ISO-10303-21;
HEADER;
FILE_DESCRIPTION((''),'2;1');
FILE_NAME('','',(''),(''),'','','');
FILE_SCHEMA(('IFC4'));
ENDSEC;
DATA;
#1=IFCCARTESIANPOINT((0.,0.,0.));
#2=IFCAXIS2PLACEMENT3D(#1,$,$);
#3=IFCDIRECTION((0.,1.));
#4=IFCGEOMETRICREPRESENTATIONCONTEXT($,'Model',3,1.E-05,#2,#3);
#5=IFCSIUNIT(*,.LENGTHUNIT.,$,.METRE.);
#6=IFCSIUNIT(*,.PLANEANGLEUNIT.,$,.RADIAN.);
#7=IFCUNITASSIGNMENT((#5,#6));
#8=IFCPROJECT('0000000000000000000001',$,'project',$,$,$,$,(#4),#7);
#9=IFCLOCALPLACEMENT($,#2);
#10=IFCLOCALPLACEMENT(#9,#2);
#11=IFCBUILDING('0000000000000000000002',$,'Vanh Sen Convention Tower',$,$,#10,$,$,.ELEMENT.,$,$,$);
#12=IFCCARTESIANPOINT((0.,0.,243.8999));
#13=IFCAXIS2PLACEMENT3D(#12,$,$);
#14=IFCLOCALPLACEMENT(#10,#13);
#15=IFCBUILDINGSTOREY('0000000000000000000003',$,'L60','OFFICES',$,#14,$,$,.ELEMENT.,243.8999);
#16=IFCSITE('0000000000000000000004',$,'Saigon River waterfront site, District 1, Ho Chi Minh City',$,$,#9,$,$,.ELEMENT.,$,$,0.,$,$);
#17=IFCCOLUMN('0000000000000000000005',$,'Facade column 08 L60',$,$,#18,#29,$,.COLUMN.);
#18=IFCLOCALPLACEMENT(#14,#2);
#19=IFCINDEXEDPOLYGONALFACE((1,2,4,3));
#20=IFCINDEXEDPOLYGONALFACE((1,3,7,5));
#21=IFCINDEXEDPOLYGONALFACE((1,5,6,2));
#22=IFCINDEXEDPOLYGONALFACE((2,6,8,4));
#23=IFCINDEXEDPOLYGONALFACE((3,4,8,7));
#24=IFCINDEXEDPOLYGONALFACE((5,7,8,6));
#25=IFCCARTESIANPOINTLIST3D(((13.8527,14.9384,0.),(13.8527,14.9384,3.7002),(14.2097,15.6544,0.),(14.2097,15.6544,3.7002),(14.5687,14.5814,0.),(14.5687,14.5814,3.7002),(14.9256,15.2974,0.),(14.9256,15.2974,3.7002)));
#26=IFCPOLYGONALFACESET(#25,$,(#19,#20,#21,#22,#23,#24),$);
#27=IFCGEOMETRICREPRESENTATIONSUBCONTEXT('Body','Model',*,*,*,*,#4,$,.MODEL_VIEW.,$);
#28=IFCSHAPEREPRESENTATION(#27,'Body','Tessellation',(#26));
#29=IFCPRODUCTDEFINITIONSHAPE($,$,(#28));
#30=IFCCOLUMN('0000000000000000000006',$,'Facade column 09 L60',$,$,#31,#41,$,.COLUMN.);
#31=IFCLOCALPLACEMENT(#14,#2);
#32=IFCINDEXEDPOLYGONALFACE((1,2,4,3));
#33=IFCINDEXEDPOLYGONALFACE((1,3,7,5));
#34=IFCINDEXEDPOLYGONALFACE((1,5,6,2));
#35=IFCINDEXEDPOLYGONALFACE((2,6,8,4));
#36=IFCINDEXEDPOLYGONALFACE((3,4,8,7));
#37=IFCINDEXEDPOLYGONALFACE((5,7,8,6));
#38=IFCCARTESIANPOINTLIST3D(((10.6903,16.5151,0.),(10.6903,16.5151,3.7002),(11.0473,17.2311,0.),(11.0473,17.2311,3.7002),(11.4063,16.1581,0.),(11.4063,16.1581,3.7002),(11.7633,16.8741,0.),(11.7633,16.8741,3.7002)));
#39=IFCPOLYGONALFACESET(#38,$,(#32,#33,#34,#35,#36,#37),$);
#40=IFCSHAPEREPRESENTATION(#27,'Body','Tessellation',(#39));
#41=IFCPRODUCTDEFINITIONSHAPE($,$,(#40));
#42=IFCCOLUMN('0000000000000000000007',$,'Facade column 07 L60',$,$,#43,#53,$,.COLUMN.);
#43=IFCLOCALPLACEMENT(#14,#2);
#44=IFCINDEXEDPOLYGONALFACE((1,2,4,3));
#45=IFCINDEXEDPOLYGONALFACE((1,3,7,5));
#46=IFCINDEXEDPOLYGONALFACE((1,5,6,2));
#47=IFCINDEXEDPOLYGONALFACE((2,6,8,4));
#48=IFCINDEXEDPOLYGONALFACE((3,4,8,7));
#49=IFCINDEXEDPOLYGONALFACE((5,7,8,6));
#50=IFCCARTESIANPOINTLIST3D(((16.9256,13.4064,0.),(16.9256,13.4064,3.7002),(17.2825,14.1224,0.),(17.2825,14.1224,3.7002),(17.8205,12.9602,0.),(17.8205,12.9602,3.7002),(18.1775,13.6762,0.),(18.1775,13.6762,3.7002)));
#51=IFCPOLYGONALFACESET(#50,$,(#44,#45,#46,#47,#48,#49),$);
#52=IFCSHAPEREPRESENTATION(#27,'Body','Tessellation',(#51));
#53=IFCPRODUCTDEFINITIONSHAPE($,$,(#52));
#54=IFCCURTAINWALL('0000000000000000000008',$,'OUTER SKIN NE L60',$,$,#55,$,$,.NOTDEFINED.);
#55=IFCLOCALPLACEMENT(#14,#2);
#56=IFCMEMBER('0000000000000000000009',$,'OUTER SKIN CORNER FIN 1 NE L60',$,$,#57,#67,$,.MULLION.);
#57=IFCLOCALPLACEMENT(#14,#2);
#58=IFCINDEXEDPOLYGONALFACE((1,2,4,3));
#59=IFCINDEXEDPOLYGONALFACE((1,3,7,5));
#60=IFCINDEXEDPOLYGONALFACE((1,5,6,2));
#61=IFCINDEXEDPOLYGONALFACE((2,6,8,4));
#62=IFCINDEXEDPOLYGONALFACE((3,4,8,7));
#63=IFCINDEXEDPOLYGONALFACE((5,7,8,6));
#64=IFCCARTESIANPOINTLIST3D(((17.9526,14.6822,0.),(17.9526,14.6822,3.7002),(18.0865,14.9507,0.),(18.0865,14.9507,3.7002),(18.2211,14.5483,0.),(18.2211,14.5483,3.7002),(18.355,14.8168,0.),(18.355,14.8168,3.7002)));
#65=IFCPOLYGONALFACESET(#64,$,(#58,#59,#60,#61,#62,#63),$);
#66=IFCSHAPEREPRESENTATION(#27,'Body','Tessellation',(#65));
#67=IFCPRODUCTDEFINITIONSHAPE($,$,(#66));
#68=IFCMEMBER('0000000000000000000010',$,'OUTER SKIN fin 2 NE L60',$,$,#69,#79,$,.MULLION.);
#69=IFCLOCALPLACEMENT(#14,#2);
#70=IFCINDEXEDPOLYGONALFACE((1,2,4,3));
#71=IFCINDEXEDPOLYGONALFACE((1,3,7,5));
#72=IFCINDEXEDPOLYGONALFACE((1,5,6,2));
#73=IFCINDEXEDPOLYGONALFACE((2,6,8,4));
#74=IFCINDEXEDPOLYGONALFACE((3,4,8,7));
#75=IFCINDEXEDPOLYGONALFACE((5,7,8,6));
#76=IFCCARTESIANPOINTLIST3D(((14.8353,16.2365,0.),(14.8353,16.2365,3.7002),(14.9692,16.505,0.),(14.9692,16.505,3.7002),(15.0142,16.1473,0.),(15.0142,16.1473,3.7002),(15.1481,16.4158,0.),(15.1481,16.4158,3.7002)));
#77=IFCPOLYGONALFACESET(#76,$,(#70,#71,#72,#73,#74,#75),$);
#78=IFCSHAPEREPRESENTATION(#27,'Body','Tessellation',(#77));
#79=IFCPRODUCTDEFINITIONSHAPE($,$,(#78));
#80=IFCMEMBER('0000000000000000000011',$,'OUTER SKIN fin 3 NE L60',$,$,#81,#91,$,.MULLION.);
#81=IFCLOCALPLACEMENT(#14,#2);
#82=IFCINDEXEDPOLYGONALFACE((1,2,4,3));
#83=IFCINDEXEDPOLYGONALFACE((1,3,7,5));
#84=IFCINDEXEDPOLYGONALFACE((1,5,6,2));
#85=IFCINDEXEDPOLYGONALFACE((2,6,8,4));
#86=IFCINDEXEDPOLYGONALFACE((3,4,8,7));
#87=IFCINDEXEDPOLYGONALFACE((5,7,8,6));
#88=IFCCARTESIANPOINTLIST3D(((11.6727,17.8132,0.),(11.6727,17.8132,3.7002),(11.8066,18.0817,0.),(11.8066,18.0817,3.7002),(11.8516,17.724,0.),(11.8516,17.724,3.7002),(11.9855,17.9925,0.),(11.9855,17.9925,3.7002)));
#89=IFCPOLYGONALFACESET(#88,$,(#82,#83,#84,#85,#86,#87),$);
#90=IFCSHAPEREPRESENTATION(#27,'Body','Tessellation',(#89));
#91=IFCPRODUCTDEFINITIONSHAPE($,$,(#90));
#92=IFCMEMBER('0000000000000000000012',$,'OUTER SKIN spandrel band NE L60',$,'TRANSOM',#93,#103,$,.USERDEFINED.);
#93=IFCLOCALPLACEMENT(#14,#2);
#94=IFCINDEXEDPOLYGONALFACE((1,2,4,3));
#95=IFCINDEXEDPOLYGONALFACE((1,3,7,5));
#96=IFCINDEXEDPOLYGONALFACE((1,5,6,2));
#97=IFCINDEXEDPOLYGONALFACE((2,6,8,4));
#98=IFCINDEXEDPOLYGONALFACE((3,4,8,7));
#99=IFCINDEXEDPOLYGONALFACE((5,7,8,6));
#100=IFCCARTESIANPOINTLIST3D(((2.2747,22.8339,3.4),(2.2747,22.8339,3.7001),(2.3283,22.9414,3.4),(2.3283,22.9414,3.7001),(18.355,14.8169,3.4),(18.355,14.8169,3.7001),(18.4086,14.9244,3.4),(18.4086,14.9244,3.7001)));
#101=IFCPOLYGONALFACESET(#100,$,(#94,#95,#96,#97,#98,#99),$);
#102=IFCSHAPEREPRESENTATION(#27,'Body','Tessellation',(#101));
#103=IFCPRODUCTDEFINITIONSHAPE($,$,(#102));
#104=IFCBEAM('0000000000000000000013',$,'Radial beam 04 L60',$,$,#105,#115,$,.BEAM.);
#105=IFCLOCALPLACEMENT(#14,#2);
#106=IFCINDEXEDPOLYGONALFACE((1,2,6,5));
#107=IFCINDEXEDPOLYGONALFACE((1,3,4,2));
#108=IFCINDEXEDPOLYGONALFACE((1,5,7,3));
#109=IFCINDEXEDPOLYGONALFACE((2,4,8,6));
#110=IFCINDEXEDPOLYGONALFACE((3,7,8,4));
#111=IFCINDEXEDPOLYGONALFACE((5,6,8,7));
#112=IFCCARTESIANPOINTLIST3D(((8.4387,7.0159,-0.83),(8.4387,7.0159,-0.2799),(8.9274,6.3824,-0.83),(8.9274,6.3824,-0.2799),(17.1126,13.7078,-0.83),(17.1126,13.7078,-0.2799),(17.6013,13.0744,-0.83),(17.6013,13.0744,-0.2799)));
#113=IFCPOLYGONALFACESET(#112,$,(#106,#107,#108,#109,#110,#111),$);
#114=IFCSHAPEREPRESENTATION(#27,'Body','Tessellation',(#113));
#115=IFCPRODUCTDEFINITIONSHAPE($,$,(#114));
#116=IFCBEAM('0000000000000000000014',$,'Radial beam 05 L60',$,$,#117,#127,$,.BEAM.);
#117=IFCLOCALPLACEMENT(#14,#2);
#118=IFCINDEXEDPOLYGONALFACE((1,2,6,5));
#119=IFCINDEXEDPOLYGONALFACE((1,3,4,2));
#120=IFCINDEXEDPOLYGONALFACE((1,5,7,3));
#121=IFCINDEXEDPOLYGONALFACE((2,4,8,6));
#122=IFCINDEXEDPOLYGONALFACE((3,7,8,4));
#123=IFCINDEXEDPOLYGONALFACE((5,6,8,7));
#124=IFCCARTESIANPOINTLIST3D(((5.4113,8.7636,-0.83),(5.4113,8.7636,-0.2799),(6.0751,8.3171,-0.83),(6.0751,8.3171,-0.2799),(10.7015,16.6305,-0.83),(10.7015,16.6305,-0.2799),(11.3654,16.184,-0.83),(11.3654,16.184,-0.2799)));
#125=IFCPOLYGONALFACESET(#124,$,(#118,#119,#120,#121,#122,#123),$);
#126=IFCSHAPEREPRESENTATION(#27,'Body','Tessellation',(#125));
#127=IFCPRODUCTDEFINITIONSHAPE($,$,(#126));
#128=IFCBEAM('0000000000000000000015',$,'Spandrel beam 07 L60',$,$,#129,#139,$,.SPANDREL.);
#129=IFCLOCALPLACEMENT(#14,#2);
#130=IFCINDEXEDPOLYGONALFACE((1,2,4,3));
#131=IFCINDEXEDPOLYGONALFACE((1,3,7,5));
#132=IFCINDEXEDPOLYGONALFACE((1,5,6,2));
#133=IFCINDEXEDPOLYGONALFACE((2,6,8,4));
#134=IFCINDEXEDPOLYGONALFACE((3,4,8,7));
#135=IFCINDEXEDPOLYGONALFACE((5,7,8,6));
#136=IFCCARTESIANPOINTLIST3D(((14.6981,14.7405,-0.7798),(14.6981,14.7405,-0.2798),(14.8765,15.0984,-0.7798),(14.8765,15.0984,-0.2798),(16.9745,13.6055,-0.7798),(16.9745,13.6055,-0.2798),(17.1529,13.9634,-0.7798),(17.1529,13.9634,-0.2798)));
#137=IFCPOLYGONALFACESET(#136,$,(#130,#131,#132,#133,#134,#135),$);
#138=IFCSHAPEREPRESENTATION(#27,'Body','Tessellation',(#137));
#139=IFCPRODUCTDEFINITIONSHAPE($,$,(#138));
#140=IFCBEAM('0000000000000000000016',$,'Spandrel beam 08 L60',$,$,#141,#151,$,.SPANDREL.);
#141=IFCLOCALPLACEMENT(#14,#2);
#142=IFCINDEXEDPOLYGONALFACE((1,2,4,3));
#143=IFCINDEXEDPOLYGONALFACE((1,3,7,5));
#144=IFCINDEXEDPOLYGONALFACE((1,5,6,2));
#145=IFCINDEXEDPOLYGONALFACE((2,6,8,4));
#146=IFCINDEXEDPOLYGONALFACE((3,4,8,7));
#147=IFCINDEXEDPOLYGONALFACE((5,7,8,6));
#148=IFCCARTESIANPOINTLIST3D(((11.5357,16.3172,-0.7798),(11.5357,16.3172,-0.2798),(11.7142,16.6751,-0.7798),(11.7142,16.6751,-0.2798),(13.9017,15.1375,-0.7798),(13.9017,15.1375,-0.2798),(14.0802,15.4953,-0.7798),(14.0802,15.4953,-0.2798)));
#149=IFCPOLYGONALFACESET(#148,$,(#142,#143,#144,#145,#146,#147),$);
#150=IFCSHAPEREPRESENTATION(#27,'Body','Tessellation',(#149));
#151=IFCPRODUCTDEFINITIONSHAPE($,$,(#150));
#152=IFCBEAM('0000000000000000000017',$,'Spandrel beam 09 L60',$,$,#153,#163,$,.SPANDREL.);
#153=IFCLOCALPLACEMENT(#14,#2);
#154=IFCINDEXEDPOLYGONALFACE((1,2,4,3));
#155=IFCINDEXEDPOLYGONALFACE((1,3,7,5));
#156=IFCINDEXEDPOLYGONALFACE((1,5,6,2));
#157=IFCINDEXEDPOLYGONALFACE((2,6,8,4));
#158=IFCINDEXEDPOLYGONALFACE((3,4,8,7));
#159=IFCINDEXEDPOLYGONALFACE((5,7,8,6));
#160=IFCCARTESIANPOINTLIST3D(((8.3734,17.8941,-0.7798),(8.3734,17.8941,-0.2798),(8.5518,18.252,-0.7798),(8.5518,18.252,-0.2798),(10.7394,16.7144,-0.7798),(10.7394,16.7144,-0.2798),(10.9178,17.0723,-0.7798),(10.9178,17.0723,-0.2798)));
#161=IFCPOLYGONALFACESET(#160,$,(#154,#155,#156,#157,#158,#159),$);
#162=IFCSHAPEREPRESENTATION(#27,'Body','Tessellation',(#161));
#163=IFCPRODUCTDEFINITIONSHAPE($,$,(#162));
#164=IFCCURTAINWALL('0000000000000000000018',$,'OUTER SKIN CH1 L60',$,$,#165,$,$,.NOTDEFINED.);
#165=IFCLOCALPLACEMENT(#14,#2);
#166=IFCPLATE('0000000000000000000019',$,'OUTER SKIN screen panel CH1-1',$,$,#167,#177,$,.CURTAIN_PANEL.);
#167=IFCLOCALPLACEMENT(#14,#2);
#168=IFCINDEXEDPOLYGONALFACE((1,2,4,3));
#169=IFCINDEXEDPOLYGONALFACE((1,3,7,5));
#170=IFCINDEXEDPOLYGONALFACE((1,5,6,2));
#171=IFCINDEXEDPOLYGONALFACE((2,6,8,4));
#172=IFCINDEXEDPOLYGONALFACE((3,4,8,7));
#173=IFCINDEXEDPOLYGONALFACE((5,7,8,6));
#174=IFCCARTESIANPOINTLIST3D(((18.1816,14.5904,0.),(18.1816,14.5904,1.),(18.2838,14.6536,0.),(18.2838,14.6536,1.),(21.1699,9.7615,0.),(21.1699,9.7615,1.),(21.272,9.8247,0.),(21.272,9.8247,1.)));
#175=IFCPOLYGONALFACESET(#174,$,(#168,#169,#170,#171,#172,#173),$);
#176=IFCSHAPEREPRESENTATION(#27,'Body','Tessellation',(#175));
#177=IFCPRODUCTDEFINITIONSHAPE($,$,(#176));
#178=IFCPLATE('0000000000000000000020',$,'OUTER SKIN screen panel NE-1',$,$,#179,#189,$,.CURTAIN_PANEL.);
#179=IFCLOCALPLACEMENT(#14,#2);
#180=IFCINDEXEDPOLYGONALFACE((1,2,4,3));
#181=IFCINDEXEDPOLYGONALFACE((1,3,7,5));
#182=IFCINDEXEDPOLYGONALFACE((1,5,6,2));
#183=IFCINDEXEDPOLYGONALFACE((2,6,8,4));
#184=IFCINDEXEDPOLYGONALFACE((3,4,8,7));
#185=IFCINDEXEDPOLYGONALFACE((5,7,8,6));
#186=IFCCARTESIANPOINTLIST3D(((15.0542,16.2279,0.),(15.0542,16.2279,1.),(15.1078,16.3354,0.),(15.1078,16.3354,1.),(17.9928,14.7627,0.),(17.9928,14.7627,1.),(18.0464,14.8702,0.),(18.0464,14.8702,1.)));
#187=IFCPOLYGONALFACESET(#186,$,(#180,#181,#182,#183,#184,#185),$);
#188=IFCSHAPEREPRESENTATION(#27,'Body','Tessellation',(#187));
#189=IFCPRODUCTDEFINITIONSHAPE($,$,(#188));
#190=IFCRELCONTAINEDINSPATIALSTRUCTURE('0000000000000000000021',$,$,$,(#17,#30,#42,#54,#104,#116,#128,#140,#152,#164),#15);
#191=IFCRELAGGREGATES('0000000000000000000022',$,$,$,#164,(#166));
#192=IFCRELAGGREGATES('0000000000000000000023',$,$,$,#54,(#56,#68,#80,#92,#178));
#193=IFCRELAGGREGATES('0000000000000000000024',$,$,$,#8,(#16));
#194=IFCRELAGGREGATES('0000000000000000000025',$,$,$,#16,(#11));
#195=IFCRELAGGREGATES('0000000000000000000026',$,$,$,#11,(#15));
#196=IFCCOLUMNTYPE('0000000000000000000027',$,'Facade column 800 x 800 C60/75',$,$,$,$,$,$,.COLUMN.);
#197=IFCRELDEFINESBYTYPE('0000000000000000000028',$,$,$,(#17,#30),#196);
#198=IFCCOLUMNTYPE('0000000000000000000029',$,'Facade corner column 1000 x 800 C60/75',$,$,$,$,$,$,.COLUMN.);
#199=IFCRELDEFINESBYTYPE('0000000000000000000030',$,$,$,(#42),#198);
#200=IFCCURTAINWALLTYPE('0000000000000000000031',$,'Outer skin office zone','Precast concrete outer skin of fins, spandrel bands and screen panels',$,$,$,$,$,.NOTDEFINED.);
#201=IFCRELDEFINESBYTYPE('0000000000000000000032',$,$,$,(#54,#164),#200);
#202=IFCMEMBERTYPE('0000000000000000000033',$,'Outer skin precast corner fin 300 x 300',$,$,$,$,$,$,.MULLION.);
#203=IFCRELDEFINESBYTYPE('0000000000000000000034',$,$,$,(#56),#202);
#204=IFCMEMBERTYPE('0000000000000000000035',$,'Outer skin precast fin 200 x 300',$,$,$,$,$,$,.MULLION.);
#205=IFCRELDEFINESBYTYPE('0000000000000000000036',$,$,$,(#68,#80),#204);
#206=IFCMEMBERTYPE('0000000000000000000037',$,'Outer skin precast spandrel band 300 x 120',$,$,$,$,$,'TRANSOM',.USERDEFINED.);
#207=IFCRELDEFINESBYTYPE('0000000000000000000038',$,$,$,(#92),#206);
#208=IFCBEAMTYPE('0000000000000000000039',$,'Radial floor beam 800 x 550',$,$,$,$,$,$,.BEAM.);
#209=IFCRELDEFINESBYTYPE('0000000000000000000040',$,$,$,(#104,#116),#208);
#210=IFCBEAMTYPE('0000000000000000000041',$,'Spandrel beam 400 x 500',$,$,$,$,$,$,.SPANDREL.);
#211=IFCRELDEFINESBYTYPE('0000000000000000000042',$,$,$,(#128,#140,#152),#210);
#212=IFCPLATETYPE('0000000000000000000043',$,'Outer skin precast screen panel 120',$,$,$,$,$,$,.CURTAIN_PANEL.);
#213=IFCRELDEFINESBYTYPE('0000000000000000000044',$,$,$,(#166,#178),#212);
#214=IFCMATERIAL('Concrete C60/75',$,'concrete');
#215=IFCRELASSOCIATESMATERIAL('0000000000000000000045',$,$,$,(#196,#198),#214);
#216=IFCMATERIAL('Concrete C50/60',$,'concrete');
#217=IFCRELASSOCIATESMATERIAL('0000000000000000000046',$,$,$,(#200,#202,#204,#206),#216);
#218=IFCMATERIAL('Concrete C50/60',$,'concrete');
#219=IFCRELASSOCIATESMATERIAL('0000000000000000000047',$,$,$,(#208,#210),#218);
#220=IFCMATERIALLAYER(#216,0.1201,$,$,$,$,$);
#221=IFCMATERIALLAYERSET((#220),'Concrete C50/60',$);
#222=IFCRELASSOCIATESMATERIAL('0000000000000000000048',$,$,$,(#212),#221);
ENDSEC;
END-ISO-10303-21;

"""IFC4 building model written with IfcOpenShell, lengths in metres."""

from ifc_helpers import new_model, si_unit, direction, frame, origin, origin_2d, place, context, subcontext, project, spatial, rectangle, extrude, material, layer, layer_set, material_profile, profile_set, type_object, element, aggregate, save


model = new_model("IFC4")

# Units and contexts
model_context = context("Model", 3, precision=1e-05, world=origin(), true_north=direction((0.0, 1.0)))
body_context = subcontext(model_context, "Body", "Model", "MODEL_VIEW")
ifc_project = project(units=[si_unit("LENGTHUNIT", "METRE"), si_unit("PLANEANGLEUNIT", "RADIAN")], contexts=[model_context])

# Site, building, storey
site_placement = place(None, origin())
site = spatial("IfcSite", under=ifc_project, at=site_placement, Name="Saigon River waterfront site, District 1, Ho Chi Minh City", CompositionType="ELEMENT", RefElevation=0.0)
building_placement = place(site_placement, origin())
building = spatial("IfcBuilding", under=site, at=building_placement, Name="Vanh Sen Convention Tower", CompositionType="ELEMENT")
storey_placement = place(building_placement, frame((0.0, 0.0, 243.8999)))
storey = spatial("IfcBuildingStorey", under=building, at=storey_placement, Name="L60", Description="OFFICES", CompositionType="ELEMENT", Elevation=243.8999)

# Columns
ifc_material_1 = material(Name="Concrete C60/75", Category="concrete")
ifc_material_profile_1 = material_profile(ifc_material_1, rectangle(XDim=0.8, YDim=0.8, at=origin_2d()), Name="RC 800X800")
ifc_profile_set_1 = profile_set([ifc_material_profile_1], Name="Concrete C60/75")
column_type_1 = type_object("IfcColumnType", Name="Facade column 800 x 800 C60/75", PredefinedType="COLUMN", material=ifc_profile_set_1)
for number, where, z_axis, x_axis, name in (
    (1, (14.3892, 15.1179, 0.0), (0.0, 0.0, 1.0), (-0.894934, 0.446198, 0.0), "Facade column 08 L60"),
    (2, (11.2268, 16.6946, 0.0), (0.0, 0.0, 1.0), (-0.894934, 0.446198, 0.0), "Facade column 09 L60"),
):
    element("IfcColumn", number, at=place(storey_placement, frame(where, z_axis=z_axis, x_axis=x_axis)), inside=storey, type_object=column_type_1, Name=name, PredefinedType="COLUMN", context=body_context, shape_type="SweptSolid", body=[
        extrude(rectangle(XDim=0.8, YDim=0.8, at=origin_2d()), origin(), (0.0, 0.0, 1.0), 3.7002),
    ])
ifc_material_profile_2 = material_profile(ifc_material_1, rectangle(XDim=1.0, YDim=0.8, at=origin_2d()), Name="RC 1000X800")
ifc_profile_set_2 = profile_set([ifc_material_profile_2], Name="Concrete C60/75")
column_type_2 = type_object("IfcColumnType", Name="Facade corner column 1000 x 800 C60/75", PredefinedType="COLUMN", material=ifc_profile_set_2)
column_placement = place(storey_placement, frame((17.5515, 13.5413, 0.0), z_axis=(0.0, 0.0, 1.0), x_axis=(-0.894934, 0.446198, 0.0)))
element("IfcColumn", 3, at=column_placement, inside=storey, type_object=column_type_2, Name="Facade column 07 L60", PredefinedType="COLUMN", context=body_context, shape_type="SweptSolid", body=[
    extrude(rectangle(XDim=1.0, YDim=0.8, at=origin_2d()), origin(), (0.0, 0.0, 1.0), 3.7002),
])

# Curtain wall, members
ifc_material_2 = material(Name="Concrete C50/60", Category="concrete")
curtain_wall_type = type_object("IfcCurtainWallType", Name="Outer skin office zone", Description="Precast concrete outer skin of fins, spandrel bands and screen panels", PredefinedType="NOTDEFINED", material=ifc_material_2)
curtain_wall_1_placement = place(storey_placement, origin())
curtain_wall_1 = element("IfcCurtainWall", 4, at=curtain_wall_1_placement, inside=storey, type_object=curtain_wall_type, Name="OUTER SKIN NE L60", PredefinedType="NOTDEFINED")
ifc_material_profile_3 = material_profile(ifc_material_2, rectangle(XDim=0.3, YDim=0.3, at=origin_2d()), Name="Outer skin precast corner fin 300 x 300")
ifc_profile_set_3 = profile_set([ifc_material_profile_3], Name="Concrete C50/60")
member_type_1 = type_object("IfcMemberType", Name="Outer skin precast corner fin 300 x 300", PredefinedType="MULLION", material=ifc_profile_set_3)
member_1_placement = place(storey_placement, frame((18.1538, 14.7495, 0.0), z_axis=(0.0, 0.0, 1.0), x_axis=(-0.894934, 0.446198, 0.0)))
member_1 = element("IfcMember", 5, at=member_1_placement, type_object=member_type_1, Name="OUTER SKIN CORNER FIN 1 NE L60", PredefinedType="MULLION", context=body_context, shape_type="SweptSolid", body=[
    extrude(rectangle(XDim=0.3, YDim=0.3, at=origin_2d()), origin(), (0.0, 0.0, 1.0), 3.7002),
])
ifc_material_profile_4 = material_profile(ifc_material_2, rectangle(XDim=0.2, YDim=0.3, at=origin_2d()), Name="Outer skin precast fin 200 x 300")
ifc_profile_set_4 = profile_set([ifc_material_profile_4], Name="Concrete C50/60")
member_type_2 = type_object("IfcMemberType", Name="Outer skin precast fin 200 x 300", PredefinedType="MULLION", material=ifc_profile_set_4)
member_2_placement = place(storey_placement, frame((14.9917, 16.3262, 0.0), z_axis=(0.0, 0.0, 1.0), x_axis=(-0.894934, 0.446198, 0.0)))
member_2 = element("IfcMember", 6, at=member_2_placement, type_object=member_type_2, Name="OUTER SKIN fin 2 NE L60", PredefinedType="MULLION", context=body_context, shape_type="SweptSolid", body=[
    extrude(rectangle(XDim=0.2, YDim=0.3, at=origin_2d()), origin(), (0.0, 0.0, 1.0), 3.7002),
])
member_3_placement = place(storey_placement, frame((11.8291, 17.9028, 0.0), z_axis=(0.0, 0.0, 1.0), x_axis=(-0.894934, 0.446198, 0.0)))
member_3 = element("IfcMember", 7, at=member_3_placement, type_object=member_type_2, Name="OUTER SKIN fin 3 NE L60", PredefinedType="MULLION", context=body_context, shape_type="SweptSolid", body=[
    extrude(rectangle(XDim=0.2, YDim=0.3, at=origin_2d()), origin(), (0.0, 0.0, 1.0), 3.7002),
])
ifc_material_profile_5 = material_profile(ifc_material_2, rectangle(XDim=0.1201, YDim=0.3, at=origin_2d()), Name="Outer skin precast spandrel band 300 x 120")
ifc_profile_set_5 = profile_set([ifc_material_profile_5], Name="Concrete C50/60")
member_type_3 = type_object("IfcMemberType", Name="Outer skin precast spandrel band 300 x 120", ElementType="TRANSOM", PredefinedType="USERDEFINED", material=ifc_profile_set_5)
member_4_placement = place(storey_placement, frame((18.3818, 14.8706, 3.55), z_axis=(-0.89494, 0.446186, 0.0), x_axis=(-0.446186, -0.89494, 0.0)))
member_4 = element("IfcMember", 8, at=member_4_placement, type_object=member_type_3, Name="OUTER SKIN spandrel band NE L60", ObjectType="TRANSOM", PredefinedType="USERDEFINED", context=body_context, shape_type="SweptSolid", body=[
    extrude(rectangle(XDim=0.1201, YDim=0.3, at=origin_2d()), origin(), (0.0, 0.0, 1.0), 17.968),
])

# Beams
ifc_material_3 = material(Name="Concrete C50/60", Category="concrete")
ifc_material_profile_6 = material_profile(ifc_material_3, rectangle(XDim=0.8, YDim=0.55, at=origin_2d()), Name="RC 800X550")
ifc_profile_set_6 = profile_set([ifc_material_profile_6], Name="Concrete C50/60")
beam_type_1 = type_object("IfcBeamType", Name="Radial floor beam 800 x 550", PredefinedType="BEAM", material=ifc_profile_set_6)
beam_1_placement = place(storey_placement, frame((17.3569, 13.3911, -0.5549), z_axis=(-0.791753, -0.610841, 0.0), x_axis=(0.610841, -0.791753, 0.0)))
element("IfcBeam", 9, at=beam_1_placement, inside=storey, type_object=beam_type_1, Name="Radial beam 04 L60", PredefinedType="BEAM", context=body_context, shape_type="SweptSolid", body=[
    extrude(rectangle(XDim=0.8, YDim=0.55, at=origin_2d()), origin(), (0.0, 0.0, 1.0), 10.9553),
])
beam_2_placement = place(storey_placement, frame((11.0334, 16.4072, -0.5549), z_axis=(-0.55803, -0.829821, 0.0), x_axis=(0.829821, -0.55803, 0.0)))
element("IfcBeam", 10, at=beam_2_placement, inside=storey, type_object=beam_type_1, Name="Radial beam 05 L60", PredefinedType="BEAM", context=body_context, shape_type="SweptSolid", body=[
    extrude(rectangle(XDim=0.8, YDim=0.55, at=origin_2d()), origin(), (0.0, 0.0, 1.0), 9.4802),
])
ifc_material_profile_7 = material_profile(ifc_material_3, rectangle(XDim=0.3999, YDim=0.5, at=origin_2d()), Name="RC 400X500")
ifc_profile_set_7 = profile_set([ifc_material_profile_7], Name="Concrete C50/60")
beam_type_2 = type_object("IfcBeamType", Name="Spandrel beam 400 x 500", PredefinedType="SPANDREL", material=ifc_profile_set_7)
beam_3_placement = place(storey_placement, frame((17.0637, 13.7844, -0.5298), z_axis=(-0.894926, 0.446215, 0.0), x_axis=(-0.446215, -0.894926, 0.0)))
element("IfcBeam", 11, at=beam_3_placement, inside=storey, type_object=beam_type_2, Name="Spandrel beam 07 L60", PredefinedType="SPANDREL", context=body_context, shape_type="SweptSolid", body=[
    extrude(rectangle(XDim=0.3999, YDim=0.5, at=origin_2d()), origin(), (0.0, 0.0, 1.0), 2.5437),
])
for number, where, z_axis, x_axis, name in (
    (12, (13.991, 15.3164, -0.5298), (-0.894925, 0.446216, 0.0), (-0.446216, -0.894925, 0.0), "Spandrel beam 08 L60"),
    (13, (10.8286, 16.8933, -0.5298), (-0.894925, 0.446216, 0.0), (-0.446216, -0.894925, 0.0), "Spandrel beam 09 L60"),
):
    element("IfcBeam", number, at=place(storey_placement, frame(where, z_axis=z_axis, x_axis=x_axis)), inside=storey, type_object=beam_type_2, Name=name, PredefinedType="SPANDREL", context=body_context, shape_type="SweptSolid", body=[
        extrude(rectangle(XDim=0.3999, YDim=0.5, at=origin_2d()), origin(), (0.0, 0.0, 1.0), 2.6438),
    ])

# Curtain wall, plate
curtain_wall_2_placement = place(storey_placement, origin())
curtain_wall_2 = element("IfcCurtainWall", 14, at=curtain_wall_2_placement, inside=storey, type_object=curtain_wall_type, Name="OUTER SKIN CH1 L60", PredefinedType="NOTDEFINED")
ifc_layer_1 = layer(ifc_material_2, 0.1201)
ifc_layer_set_1 = layer_set([ifc_layer_1], Name="Concrete C50/60")
plate_type = type_object("IfcPlateType", Name="Outer skin precast screen panel 120", PredefinedType="CURTAIN_PANEL", material=ifc_layer_set_1)
plate_1_placement = place(storey_placement, frame((19.7268, 12.2075, 0.0), z_axis=(0.0, 0.0, 1.0), x_axis=(-0.526217, 0.85035, 0.0)))
plate_1 = element("IfcPlate", 15, at=plate_1_placement, type_object=plate_type, Name="OUTER SKIN screen panel CH1-1", PredefinedType="CURTAIN_PANEL", context=body_context, shape_type="SweptSolid", body=[
    extrude(rectangle(XDim=5.6787, YDim=0.1201, at=origin_2d()), origin(), (0.0, 0.0, 1.0), 1.0),
])
aggregate(curtain_wall_2, [plate_1])

# Plate
plate_2_placement = place(storey_placement, frame((16.5503, 15.5491, 0.0), z_axis=(0.0, 0.0, 1.0), x_axis=(-0.89493, 0.446206, 0.0)))
plate_2 = element("IfcPlate", 16, at=plate_2_placement, type_object=plate_type, Name="OUTER SKIN screen panel NE-1", PredefinedType="CURTAIN_PANEL", context=body_context, shape_type="SweptSolid", body=[
    extrude(rectangle(XDim=3.2837, YDim=0.1201, at=origin_2d()), origin(), (0.0, 0.0, 1.0), 1.0),
])
aggregate(curtain_wall_1, [member_1, member_2, member_3, member_4, plate_2])

save(model, "model.ifc")
